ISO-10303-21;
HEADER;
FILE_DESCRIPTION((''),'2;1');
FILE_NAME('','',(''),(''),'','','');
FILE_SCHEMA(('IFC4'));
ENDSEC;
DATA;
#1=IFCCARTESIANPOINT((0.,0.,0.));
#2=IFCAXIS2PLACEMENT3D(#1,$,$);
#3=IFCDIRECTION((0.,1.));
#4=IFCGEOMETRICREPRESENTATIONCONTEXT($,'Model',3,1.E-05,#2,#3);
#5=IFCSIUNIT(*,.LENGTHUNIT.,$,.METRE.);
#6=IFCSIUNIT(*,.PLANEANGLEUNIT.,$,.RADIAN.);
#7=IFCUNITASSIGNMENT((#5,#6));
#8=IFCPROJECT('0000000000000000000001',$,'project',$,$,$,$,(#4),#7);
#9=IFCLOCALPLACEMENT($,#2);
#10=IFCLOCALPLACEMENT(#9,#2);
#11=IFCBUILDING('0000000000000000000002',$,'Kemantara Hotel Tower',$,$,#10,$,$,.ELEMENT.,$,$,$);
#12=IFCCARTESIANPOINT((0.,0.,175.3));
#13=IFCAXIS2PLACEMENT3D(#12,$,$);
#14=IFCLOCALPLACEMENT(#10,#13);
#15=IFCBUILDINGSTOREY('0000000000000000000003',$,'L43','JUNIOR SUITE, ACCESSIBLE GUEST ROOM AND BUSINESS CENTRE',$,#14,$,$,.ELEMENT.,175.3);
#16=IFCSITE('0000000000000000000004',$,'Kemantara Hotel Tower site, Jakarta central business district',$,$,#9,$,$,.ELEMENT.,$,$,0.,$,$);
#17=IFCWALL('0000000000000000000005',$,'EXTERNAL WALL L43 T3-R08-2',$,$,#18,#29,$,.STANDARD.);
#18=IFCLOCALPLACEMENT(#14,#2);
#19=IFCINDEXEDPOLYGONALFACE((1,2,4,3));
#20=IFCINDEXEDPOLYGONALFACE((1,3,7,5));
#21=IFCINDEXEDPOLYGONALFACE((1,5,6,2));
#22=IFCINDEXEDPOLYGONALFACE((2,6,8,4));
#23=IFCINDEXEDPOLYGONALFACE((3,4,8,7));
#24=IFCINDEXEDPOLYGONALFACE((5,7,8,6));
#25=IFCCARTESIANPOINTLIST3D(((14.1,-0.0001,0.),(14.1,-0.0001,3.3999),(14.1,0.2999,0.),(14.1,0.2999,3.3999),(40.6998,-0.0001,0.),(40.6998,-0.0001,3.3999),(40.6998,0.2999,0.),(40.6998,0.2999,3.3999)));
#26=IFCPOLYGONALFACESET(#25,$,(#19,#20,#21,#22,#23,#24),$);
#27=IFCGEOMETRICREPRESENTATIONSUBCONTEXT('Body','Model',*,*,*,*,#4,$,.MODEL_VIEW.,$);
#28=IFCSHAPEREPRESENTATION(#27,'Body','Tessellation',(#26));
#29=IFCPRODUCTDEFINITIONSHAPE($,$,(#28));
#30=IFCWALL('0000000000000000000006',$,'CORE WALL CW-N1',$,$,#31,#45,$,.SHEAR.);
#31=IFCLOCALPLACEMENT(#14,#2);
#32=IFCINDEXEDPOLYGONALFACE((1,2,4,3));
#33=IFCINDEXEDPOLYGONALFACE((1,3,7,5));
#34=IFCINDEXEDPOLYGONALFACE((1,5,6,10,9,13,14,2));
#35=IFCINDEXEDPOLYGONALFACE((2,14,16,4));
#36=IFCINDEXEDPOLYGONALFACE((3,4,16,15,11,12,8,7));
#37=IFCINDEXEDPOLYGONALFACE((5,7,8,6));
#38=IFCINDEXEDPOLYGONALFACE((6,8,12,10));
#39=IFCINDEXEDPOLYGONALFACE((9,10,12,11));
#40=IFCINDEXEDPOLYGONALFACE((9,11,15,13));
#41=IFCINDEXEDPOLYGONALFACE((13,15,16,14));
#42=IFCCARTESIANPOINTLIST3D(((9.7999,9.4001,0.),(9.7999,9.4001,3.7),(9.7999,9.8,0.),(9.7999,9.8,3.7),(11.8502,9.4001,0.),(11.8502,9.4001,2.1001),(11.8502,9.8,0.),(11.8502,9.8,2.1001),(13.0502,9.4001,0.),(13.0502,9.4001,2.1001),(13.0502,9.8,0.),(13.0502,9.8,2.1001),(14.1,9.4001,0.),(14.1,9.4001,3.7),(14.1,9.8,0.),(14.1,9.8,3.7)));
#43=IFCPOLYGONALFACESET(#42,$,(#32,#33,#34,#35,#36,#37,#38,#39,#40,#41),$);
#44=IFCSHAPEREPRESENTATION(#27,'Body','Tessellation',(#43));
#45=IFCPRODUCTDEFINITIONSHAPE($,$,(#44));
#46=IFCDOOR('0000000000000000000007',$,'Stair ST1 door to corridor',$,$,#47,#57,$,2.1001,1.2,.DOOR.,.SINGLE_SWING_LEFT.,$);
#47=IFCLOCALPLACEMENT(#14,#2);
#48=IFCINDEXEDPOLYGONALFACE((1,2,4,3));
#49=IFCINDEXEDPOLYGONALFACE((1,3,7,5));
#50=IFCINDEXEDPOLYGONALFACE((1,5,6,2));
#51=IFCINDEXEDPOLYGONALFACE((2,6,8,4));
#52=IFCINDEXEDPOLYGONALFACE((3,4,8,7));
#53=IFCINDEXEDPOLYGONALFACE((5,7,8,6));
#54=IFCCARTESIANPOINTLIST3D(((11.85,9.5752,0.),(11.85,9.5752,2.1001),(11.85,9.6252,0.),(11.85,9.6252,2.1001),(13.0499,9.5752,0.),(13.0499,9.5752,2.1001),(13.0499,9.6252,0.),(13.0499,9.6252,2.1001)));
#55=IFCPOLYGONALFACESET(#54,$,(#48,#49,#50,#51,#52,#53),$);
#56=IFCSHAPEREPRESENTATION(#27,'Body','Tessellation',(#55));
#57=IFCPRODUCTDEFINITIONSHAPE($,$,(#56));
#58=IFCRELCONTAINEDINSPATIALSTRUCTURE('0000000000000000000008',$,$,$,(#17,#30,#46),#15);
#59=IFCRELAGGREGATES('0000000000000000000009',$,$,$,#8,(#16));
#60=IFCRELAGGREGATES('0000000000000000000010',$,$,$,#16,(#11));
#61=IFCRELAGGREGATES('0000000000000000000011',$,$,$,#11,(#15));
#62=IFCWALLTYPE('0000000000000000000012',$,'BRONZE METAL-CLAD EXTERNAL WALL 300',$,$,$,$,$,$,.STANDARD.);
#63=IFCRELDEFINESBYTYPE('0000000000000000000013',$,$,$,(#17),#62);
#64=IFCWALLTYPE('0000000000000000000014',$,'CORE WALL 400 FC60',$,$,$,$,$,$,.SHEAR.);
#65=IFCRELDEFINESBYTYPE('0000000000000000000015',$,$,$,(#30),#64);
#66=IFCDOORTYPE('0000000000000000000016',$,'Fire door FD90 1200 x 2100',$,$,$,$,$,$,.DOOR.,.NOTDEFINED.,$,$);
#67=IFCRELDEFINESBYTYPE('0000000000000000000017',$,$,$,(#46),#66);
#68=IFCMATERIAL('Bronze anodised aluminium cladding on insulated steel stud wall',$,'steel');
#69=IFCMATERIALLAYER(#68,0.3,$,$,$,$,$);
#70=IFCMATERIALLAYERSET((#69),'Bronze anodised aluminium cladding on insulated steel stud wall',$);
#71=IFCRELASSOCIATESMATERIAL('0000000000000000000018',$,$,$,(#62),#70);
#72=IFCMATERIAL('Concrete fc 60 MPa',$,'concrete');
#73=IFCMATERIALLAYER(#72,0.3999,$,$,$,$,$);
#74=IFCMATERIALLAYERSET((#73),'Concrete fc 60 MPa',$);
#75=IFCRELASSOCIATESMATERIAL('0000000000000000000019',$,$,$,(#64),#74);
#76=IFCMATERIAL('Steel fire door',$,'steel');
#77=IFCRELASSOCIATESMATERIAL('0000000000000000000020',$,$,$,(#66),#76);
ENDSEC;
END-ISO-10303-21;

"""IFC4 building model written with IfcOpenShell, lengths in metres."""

from ifc_helpers import new_model, si_unit, direction, frame, frame_2d, origin, place, context, subcontext, project, spatial, rectangle, extrude, material, layer, layer_set, type_object, element, fill, save


model = new_model("IFC4")

# Units and contexts
model_context = context("Model", 3, precision=1e-05, world=origin(), true_north=direction((0.0, 1.0)))
body_context = subcontext(model_context, "Body", "Model", "MODEL_VIEW")
ifc_project = project(units=[si_unit("LENGTHUNIT", "METRE"), si_unit("PLANEANGLEUNIT", "RADIAN")], contexts=[model_context])

# Site, building, storey
site_placement = place(None, origin())
site = spatial("IfcSite", under=ifc_project, at=site_placement, Name="Kemantara Hotel Tower site, Jakarta central business district", CompositionType="ELEMENT", RefElevation=0.0)
building_placement = place(site_placement, origin())
building = spatial("IfcBuilding", under=site, at=building_placement, Name="Kemantara Hotel Tower", CompositionType="ELEMENT")
storey_placement = place(building_placement, frame((0.0, 0.0, 175.3)))
storey = spatial("IfcBuildingStorey", under=building, at=storey_placement, Name="L43", Description="JUNIOR SUITE, ACCESSIBLE GUEST ROOM AND BUSINESS CENTRE", CompositionType="ELEMENT", Elevation=175.3)

# Wall
ifc_material_1 = material(Name="Bronze anodised aluminium cladding on insulated steel stud wall", Category="steel")
ifc_layer_1 = layer(ifc_material_1, 0.3)
ifc_layer_set_1 = layer_set([ifc_layer_1], Name="Bronze anodised aluminium cladding on insulated steel stud wall")
wall_type_1 = type_object("IfcWallType", Name="BRONZE METAL-CLAD EXTERNAL WALL 300", PredefinedType="STANDARD", material=ifc_layer_set_1)
wall_1_placement = place(storey_placement, frame((14.1001, 0.1499, 0.0), z_axis=(0.0, 0.0, 1.0), x_axis=(1.0, 0.0, 0.0)))
element("IfcWall", 1, at=wall_1_placement, inside=storey, type_object=wall_type_1, Name="EXTERNAL WALL L43 T3-R08-2", PredefinedType="STANDARD", context=body_context, shape_type="SweptSolid", body=[
    extrude(rectangle(XDim=26.5999, YDim=0.3, at=frame_2d((13.2998, 0.0))), origin(), (0.0, 0.0, 1.0), 3.3999),
])

# Wall, opening, door
ifc_material_2 = material(Name="Concrete fc 60 MPa", Category="concrete")
ifc_layer_2 = layer(ifc_material_2, 0.3999)
ifc_layer_set_2 = layer_set([ifc_layer_2], Name="Concrete fc 60 MPa")
wall_type_2 = type_object("IfcWallType", Name="CORE WALL 400 FC60", PredefinedType="SHEAR", material=ifc_layer_set_2)
wall_2_placement = place(storey_placement, frame((9.8, 9.6001, 0.0), z_axis=(0.0, 0.0, 1.0), x_axis=(1.0, 0.0, 0.0)))
wall_2 = element("IfcWall", 2, at=wall_2_placement, inside=storey, type_object=wall_type_2, Name="CORE WALL CW-N1", PredefinedType="SHEAR", context=body_context, shape_type="SweptSolid", body=[
    extrude(rectangle(XDim=4.3, YDim=0.3999, at=frame_2d((2.1499, 0.0))), origin(), (0.0, 0.0, 1.0), 3.7),
])
opening_1_placement = place(wall_2_placement, frame((2.05, 0.0, 0.0)))
opening_1 = element("IfcOpeningElement", 3, at=opening_1_placement, cuts=wall_2, PredefinedType="OPENING", context=body_context, shape_type="SweptSolid", body=[
    extrude(rectangle(XDim=1.2, YDim=2.1001, at=frame_2d((0.6001, 1.05))), frame((0.0, 0.21, 0.0), z_axis=(0.0, -1.0, 0.0), x_axis=(1.0, 0.0, 0.0)), (0.0, 0.0, 1.0), 0.4199),
])
ifc_material_3 = material(Name="Steel fire door", Category="steel")
door_type_1 = type_object("IfcDoorType", Name="Fire door FD90 1200 x 2100", OperationType="NOTDEFINED", PredefinedType="DOOR", material=ifc_material_3)
door_1_placement = place(opening_1_placement, frame((1.2, 0.0, 0.0), z_axis=(0.0, 0.0, 1.0), x_axis=(-1.0, 0.0, 0.0)))
door_1 = element("IfcDoor", 4, at=door_1_placement, inside=storey, type_object=door_type_1, Name="Stair ST1 door to corridor", OperationType="SINGLE_SWING_LEFT", OverallHeight=2.1001, OverallWidth=1.2, PredefinedType="DOOR", context=body_context, shape_type="SweptSolid", body=[
    extrude(rectangle(XDim=1.2, YDim=2.1001, at=frame_2d((0.6001, 1.05))), frame((0.0, 0.0249, 0.0), z_axis=(0.0, -1.0, 0.0), x_axis=(1.0, 0.0, 0.0)), (0.0, 0.0, 1.0), 0.05),
])
fill(opening_1, door_1)

save(model, "model.ifc")
